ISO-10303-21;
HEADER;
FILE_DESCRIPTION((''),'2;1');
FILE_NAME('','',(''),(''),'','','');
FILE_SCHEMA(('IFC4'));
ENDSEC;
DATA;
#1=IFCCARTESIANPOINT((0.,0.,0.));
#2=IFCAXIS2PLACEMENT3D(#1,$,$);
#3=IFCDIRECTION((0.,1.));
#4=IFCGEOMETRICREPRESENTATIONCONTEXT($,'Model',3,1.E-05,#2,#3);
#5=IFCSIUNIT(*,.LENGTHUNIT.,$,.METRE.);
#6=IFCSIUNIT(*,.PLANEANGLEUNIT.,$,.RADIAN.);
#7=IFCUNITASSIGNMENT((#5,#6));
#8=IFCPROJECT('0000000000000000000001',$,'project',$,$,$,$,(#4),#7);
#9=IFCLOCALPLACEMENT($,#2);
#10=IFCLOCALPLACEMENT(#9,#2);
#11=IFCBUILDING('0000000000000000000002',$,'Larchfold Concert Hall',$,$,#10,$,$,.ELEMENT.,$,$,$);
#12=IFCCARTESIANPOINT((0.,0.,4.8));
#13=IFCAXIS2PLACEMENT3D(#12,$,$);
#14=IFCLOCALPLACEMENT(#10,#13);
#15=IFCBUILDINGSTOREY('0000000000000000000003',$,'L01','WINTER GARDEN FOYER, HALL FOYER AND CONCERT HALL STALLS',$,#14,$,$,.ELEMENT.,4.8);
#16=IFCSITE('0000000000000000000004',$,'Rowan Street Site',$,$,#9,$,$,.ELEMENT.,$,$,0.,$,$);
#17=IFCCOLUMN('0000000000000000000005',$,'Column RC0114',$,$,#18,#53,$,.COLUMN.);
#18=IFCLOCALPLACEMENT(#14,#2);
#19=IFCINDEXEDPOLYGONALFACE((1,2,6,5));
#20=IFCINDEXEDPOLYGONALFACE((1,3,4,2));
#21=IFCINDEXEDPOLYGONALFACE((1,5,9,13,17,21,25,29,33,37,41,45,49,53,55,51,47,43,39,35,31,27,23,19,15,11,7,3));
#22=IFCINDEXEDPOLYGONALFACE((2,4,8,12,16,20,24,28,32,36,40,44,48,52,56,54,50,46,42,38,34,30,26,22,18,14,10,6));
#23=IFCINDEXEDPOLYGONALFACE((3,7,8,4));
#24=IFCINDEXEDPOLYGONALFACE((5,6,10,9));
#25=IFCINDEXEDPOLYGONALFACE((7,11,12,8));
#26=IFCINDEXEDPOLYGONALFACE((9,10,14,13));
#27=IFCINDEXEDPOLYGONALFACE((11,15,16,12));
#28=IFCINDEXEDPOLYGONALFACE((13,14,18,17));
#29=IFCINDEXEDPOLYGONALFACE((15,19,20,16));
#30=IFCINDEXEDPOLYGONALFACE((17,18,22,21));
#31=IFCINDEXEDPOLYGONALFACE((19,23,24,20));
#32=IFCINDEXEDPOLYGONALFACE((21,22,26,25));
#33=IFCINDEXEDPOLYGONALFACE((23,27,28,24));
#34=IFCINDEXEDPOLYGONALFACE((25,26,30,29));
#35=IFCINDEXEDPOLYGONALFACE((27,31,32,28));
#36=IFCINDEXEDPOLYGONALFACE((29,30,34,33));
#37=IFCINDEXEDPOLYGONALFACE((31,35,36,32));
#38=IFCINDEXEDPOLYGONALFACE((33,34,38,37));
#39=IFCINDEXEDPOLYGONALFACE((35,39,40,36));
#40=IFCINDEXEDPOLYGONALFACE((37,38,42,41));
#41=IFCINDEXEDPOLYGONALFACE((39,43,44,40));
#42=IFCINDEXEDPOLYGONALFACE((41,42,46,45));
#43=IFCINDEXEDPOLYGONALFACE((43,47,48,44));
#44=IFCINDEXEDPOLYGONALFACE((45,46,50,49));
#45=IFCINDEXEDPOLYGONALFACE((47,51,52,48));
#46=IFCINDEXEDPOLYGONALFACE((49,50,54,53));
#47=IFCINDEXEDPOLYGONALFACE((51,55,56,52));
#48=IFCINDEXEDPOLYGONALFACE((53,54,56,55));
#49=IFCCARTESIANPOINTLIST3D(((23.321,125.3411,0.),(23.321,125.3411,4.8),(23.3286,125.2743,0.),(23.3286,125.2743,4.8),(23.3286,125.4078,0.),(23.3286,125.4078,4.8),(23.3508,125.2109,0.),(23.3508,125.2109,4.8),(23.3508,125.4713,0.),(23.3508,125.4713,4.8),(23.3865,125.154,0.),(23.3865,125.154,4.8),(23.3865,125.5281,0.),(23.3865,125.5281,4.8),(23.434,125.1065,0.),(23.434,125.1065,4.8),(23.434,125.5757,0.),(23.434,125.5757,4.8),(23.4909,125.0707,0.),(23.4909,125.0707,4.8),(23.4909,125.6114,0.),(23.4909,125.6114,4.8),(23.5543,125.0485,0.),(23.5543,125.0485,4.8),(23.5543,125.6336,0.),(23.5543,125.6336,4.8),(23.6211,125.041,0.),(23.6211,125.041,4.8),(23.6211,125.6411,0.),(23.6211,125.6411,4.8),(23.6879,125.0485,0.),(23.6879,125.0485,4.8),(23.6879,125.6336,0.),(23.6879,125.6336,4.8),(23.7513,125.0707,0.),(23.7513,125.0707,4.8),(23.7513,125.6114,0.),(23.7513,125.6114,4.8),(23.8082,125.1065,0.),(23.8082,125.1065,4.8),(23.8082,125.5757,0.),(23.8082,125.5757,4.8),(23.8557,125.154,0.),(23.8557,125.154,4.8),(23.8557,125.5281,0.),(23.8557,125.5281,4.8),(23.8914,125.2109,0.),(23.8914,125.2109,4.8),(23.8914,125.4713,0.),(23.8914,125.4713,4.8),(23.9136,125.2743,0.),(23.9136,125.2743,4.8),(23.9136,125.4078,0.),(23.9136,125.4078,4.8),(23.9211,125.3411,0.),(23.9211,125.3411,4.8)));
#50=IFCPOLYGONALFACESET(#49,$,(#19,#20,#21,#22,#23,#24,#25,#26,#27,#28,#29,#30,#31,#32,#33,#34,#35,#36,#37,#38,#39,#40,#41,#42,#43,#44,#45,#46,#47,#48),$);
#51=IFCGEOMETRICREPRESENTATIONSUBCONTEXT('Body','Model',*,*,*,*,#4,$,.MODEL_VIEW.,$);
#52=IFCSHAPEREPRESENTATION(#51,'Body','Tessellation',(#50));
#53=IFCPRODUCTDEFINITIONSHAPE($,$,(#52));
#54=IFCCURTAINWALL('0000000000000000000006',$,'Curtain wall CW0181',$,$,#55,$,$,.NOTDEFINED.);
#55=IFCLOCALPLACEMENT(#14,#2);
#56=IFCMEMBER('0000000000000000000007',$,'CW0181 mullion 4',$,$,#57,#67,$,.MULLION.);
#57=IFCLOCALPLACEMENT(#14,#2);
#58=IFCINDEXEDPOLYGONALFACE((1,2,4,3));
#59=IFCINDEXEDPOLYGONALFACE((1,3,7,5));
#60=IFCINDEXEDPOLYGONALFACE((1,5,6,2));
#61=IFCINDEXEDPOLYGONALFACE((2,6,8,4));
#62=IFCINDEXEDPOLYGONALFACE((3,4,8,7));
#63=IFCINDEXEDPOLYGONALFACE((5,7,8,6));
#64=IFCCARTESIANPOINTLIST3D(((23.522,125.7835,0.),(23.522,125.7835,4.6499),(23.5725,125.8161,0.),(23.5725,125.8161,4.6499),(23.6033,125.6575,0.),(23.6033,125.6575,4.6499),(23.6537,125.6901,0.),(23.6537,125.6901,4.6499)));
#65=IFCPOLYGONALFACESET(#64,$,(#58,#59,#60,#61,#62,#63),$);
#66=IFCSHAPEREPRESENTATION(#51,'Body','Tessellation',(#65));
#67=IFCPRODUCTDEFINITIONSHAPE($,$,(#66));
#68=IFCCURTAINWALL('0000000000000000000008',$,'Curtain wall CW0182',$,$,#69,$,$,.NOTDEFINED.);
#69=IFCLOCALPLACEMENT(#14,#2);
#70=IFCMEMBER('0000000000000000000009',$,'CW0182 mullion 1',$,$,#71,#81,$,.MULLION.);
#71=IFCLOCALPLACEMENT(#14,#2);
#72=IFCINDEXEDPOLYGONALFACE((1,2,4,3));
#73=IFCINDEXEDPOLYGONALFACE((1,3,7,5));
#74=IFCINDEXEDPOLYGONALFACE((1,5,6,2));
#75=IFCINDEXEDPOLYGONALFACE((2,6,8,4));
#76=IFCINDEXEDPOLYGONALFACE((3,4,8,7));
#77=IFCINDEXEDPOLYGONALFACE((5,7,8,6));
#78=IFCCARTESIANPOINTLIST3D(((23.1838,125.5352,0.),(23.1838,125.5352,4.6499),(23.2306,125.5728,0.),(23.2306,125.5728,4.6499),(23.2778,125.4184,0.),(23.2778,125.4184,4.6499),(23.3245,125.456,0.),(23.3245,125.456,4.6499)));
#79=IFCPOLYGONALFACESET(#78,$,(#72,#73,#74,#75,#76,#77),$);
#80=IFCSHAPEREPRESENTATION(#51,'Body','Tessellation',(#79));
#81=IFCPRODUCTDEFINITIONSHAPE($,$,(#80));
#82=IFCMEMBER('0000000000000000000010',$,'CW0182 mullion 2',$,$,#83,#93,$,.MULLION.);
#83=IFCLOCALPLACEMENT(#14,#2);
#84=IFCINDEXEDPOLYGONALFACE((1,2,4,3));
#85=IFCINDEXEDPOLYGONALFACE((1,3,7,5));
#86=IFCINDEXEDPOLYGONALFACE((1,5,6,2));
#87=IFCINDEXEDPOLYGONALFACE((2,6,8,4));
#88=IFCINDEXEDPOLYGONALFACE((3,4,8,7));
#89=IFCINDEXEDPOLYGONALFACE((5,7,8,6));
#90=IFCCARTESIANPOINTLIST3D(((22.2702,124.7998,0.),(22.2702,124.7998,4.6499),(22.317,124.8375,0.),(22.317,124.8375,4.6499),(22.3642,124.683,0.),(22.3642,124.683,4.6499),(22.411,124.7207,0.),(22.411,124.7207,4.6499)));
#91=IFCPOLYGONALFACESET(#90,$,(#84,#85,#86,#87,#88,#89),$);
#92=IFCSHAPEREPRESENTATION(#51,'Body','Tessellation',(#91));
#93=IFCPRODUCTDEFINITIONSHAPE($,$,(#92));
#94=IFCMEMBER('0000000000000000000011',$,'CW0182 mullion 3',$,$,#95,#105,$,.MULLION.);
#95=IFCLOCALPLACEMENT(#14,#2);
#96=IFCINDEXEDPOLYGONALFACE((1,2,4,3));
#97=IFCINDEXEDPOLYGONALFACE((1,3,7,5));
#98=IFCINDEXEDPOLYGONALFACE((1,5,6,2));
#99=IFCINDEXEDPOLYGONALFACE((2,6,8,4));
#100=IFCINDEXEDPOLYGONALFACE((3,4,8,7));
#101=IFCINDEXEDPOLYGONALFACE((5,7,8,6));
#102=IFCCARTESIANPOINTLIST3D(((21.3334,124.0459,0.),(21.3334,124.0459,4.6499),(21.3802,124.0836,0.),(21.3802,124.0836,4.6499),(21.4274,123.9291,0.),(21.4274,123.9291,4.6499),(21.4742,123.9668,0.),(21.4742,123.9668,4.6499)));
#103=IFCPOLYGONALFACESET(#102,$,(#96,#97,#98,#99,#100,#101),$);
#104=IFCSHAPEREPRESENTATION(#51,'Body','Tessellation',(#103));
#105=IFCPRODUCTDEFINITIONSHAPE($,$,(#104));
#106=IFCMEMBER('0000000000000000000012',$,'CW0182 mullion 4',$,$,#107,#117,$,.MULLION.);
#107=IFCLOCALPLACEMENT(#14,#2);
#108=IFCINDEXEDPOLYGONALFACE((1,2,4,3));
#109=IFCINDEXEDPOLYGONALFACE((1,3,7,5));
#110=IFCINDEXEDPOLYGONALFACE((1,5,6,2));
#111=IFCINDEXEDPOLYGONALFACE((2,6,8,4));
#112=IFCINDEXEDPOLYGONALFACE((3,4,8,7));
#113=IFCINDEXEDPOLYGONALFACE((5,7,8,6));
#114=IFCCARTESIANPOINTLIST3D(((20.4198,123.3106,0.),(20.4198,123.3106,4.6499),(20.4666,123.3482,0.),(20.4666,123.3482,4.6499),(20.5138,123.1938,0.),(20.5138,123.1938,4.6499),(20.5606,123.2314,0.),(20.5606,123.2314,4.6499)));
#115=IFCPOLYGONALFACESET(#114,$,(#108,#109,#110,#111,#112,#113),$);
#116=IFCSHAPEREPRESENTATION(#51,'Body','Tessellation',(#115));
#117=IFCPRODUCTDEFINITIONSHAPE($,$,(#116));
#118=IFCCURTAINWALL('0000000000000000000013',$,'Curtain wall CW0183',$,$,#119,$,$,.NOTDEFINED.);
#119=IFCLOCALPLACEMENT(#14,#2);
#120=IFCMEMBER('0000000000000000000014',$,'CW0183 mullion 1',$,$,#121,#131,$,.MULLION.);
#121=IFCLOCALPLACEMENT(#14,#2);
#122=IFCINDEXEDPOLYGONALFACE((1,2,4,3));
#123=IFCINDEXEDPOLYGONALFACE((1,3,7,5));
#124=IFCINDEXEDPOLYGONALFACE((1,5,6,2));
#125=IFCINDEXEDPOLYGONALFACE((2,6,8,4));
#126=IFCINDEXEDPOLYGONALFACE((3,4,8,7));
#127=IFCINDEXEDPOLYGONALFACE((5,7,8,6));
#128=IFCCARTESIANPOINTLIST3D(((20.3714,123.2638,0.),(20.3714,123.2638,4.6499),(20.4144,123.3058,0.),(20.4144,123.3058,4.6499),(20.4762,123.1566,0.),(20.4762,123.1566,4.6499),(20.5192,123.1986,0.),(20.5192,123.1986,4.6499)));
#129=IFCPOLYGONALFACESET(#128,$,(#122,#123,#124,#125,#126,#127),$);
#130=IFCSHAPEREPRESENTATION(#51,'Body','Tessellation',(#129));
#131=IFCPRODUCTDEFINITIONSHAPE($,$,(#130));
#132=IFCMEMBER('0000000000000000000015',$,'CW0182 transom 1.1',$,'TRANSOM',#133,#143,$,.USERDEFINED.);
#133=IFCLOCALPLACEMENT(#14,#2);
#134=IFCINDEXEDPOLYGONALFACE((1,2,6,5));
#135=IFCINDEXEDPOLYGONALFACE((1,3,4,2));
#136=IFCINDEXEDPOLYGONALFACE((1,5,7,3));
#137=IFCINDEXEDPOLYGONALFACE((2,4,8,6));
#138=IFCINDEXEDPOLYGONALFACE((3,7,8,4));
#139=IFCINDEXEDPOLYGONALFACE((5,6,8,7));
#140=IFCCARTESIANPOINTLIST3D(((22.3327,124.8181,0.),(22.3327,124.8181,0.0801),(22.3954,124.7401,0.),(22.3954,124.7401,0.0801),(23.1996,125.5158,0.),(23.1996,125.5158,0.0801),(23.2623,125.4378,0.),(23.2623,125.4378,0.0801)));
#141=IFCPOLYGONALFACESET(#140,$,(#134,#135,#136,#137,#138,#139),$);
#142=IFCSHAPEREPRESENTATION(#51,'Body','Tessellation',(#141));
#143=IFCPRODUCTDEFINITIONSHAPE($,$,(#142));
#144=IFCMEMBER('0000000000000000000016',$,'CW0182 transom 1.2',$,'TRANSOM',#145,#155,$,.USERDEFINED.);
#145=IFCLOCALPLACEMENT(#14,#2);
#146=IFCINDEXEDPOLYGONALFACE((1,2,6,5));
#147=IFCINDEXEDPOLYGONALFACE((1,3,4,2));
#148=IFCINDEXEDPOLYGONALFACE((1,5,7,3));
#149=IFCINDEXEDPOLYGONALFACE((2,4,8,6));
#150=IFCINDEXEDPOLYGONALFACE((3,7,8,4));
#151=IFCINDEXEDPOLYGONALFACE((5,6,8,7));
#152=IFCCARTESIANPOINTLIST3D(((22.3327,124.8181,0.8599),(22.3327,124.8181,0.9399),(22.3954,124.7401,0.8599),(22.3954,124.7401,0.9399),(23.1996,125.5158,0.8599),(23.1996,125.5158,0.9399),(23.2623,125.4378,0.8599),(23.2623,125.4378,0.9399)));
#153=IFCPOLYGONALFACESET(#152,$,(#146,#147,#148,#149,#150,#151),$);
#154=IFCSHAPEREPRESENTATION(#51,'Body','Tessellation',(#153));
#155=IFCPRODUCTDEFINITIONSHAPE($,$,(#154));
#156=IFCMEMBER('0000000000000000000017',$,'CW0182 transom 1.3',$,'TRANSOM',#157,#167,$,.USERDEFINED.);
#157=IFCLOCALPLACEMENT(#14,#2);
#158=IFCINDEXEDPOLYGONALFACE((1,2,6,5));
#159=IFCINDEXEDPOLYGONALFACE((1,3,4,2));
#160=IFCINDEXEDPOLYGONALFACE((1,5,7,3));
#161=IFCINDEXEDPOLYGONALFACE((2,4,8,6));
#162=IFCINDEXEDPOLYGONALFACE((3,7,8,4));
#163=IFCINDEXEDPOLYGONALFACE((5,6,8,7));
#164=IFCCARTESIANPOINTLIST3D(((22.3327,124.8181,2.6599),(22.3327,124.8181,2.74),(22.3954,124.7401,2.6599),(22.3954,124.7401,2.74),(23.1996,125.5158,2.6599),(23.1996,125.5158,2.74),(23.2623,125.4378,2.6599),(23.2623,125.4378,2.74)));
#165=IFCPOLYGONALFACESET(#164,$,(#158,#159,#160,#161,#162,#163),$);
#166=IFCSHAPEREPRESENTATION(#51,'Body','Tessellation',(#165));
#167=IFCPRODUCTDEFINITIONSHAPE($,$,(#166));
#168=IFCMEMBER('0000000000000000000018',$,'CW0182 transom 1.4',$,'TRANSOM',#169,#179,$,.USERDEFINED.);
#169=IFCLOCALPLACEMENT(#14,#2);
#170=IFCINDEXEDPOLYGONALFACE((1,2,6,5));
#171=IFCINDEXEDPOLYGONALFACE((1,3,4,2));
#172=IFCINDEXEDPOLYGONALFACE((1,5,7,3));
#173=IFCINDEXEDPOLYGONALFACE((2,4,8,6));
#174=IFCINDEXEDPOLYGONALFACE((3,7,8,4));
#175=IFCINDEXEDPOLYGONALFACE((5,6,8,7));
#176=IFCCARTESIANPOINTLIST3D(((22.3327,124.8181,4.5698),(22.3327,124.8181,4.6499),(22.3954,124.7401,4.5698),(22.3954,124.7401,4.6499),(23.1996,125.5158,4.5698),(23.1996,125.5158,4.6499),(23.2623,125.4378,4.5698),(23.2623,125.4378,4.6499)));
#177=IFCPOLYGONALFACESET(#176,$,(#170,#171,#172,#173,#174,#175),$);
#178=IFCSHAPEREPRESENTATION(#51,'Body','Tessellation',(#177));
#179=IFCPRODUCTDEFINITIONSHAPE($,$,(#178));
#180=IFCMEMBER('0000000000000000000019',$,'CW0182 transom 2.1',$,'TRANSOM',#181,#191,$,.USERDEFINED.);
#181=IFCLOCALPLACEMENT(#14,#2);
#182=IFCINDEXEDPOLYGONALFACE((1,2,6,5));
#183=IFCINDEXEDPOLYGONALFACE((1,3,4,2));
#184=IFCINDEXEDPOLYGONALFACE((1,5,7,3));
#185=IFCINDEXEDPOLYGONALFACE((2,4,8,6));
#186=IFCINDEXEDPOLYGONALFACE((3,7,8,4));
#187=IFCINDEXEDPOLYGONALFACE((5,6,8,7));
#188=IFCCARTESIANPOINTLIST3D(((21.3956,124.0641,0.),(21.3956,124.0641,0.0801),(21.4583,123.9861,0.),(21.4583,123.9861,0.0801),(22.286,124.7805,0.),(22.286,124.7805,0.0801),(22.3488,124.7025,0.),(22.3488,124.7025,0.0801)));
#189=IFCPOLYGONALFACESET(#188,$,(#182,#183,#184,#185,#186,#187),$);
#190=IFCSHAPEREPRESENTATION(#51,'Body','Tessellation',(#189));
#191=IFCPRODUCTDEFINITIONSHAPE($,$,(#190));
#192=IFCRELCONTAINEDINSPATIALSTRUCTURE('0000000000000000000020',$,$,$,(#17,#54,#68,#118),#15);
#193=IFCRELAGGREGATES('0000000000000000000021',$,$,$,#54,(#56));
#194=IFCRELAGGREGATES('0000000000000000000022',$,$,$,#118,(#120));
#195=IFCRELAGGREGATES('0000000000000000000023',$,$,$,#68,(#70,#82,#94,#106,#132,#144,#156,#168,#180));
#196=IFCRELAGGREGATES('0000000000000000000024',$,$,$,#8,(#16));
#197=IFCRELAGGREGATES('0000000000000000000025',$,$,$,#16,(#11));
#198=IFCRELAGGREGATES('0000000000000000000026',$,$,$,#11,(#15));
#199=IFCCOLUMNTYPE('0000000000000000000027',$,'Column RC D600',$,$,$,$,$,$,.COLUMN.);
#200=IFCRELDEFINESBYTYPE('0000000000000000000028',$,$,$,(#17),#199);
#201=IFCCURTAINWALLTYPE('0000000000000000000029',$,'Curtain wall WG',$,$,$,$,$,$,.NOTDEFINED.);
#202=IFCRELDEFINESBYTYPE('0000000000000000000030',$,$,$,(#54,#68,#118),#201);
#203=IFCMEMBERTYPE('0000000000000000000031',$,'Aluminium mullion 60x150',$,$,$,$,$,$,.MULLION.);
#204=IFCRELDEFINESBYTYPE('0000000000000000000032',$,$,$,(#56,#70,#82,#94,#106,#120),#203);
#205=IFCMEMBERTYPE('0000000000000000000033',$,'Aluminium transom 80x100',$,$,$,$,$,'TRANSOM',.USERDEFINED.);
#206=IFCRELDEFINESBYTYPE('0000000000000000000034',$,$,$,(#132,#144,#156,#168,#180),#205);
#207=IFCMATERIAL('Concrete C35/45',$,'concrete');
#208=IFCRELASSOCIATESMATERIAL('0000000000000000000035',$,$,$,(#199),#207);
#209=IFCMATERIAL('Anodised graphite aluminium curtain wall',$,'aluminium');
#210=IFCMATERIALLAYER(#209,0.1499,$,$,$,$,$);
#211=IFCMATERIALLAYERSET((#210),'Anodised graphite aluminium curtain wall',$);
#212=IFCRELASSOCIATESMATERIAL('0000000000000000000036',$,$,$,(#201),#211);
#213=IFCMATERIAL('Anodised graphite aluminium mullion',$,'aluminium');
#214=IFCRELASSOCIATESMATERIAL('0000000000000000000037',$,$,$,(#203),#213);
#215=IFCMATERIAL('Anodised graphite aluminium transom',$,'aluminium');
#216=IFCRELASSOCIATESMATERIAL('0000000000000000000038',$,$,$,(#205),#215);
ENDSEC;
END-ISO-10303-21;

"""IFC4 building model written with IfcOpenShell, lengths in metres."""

from ifc_helpers import new_model, si_unit, direction, frame, origin, origin_2d, place, context, subcontext, project, spatial, rectangle, circle, extrude, material, layer, layer_set, material_profile, profile_set, type_object, element, aggregate, save


model = new_model("IFC4")

# Units and contexts
model_context = context("Model", 3, precision=1e-05, world=origin(), true_north=direction((0.0, 1.0)))
body_context = subcontext(model_context, "Body", "Model", "MODEL_VIEW")
ifc_project = project(units=[si_unit("LENGTHUNIT", "METRE"), si_unit("PLANEANGLEUNIT", "RADIAN")], contexts=[model_context])

# Site, building, storey
site_placement = place(None, origin())
site = spatial("IfcSite", under=ifc_project, at=site_placement, Name="Rowan Street Site", CompositionType="ELEMENT", RefElevation=0.0)
building_placement = place(site_placement, origin())
building = spatial("IfcBuilding", under=site, at=building_placement, Name="Larchfold Concert Hall", CompositionType="ELEMENT")
storey_placement = place(building_placement, frame((0.0, 0.0, 4.8)))
storey = spatial("IfcBuildingStorey", under=building, at=storey_placement, Name="L01", Description="WINTER GARDEN FOYER, HALL FOYER AND CONCERT HALL STALLS", CompositionType="ELEMENT", Elevation=4.8)

# Column
ifc_material_1 = material(Name="Concrete C35/45", Category="concrete")
ifc_material_profile_1 = material_profile(ifc_material_1, circle(Radius=0.3, at=origin_2d()))
ifc_profile_set_1 = profile_set([ifc_material_profile_1], Name="Concrete C35/45")
column_type = type_object("IfcColumnType", Name="Column RC D600", PredefinedType="COLUMN", material=ifc_profile_set_1)
column_placement = place(storey_placement, frame((23.6211, 125.3411, 0.0), z_axis=(0.0, 0.0, 1.0), x_axis=(1.0, 0.0, 0.0)))
element("IfcColumn", 1, at=column_placement, inside=storey, type_object=column_type, Name="Column RC0114", PredefinedType="COLUMN", context=body_context, shape_type="SweptSolid", body=[
    extrude(circle(Radius=0.3, at=origin_2d()), origin(), (0.0, 0.0, 1.0), 4.8),
])

# Curtain wall, member
ifc_material_2 = material(Name="Anodised graphite aluminium curtain wall", Category="aluminium")
ifc_layer_1 = layer(ifc_material_2, 0.1499)
ifc_layer_set_1 = layer_set([ifc_layer_1], Name="Anodised graphite aluminium curtain wall")
curtain_wall_type = type_object("IfcCurtainWallType", Name="Curtain wall WG", PredefinedType="NOTDEFINED", material=ifc_layer_set_1)
curtain_wall_1_placement = place(storey_placement, origin())
curtain_wall_1 = element("IfcCurtainWall", 2, at=curtain_wall_1_placement, inside=storey, type_object=curtain_wall_type, Name="Curtain wall CW0181", PredefinedType="NOTDEFINED")
ifc_material_3 = material(Name="Anodised graphite aluminium mullion", Category="aluminium")
ifc_material_profile_2 = material_profile(ifc_material_3, rectangle(XDim=0.1499, YDim=0.0601, at=origin_2d()))
ifc_profile_set_2 = profile_set([ifc_material_profile_2], Name="Anodised graphite aluminium mullion")
member_type_1 = type_object("IfcMemberType", Name="Aluminium mullion 60x150", PredefinedType="MULLION", material=ifc_profile_set_2)
member_1_placement = place(storey_placement, frame((23.5879, 125.7368, 0.0), z_axis=(0.0, 0.0, 1.0), x_axis=(0.541763, -0.840531, 0.0)))
member_1 = element("IfcMember", 3, at=member_1_placement, type_object=member_type_1, Name="CW0181 mullion 4", PredefinedType="MULLION", context=body_context, shape_type="SweptSolid", body=[
    extrude(rectangle(XDim=0.1499, YDim=0.0601, at=origin_2d()), origin(), (0.0, 0.0, 1.0), 4.6499),
])
aggregate(curtain_wall_1, [member_1])

# Curtain wall, members
curtain_wall_2_placement = place(storey_placement, origin())
curtain_wall_2 = element("IfcCurtainWall", 4, at=curtain_wall_2_placement, inside=storey, type_object=curtain_wall_type, Name="Curtain wall CW0182", PredefinedType="NOTDEFINED")
member_2_placement = place(storey_placement, frame((23.2542, 125.4956, 0.0), z_axis=(0.0, 0.0, 1.0), x_axis=(0.626986, -0.77903, 0.0)))
member_2 = element("IfcMember", 5, at=member_2_placement, type_object=member_type_1, Name="CW0182 mullion 1", PredefinedType="MULLION", context=body_context, shape_type="SweptSolid", body=[
    extrude(rectangle(XDim=0.1499, YDim=0.0601, at=origin_2d()), origin(), (0.0, 0.0, 1.0), 4.6499),
])
member_3_placement = place(storey_placement, frame((22.3406, 124.7603, 0.0), z_axis=(0.0, 0.0, 1.0), x_axis=(0.626986, -0.77903, 0.0)))
member_3 = element("IfcMember", 6, at=member_3_placement, type_object=member_type_1, Name="CW0182 mullion 2", PredefinedType="MULLION", context=body_context, shape_type="SweptSolid", body=[
    extrude(rectangle(XDim=0.1499, YDim=0.0601, at=origin_2d()), origin(), (0.0, 0.0, 1.0), 4.6499),
])
member_4_placement = place(storey_placement, frame((21.4038, 124.0063, 0.0), z_axis=(0.0, 0.0, 1.0), x_axis=(0.626986, -0.77903, 0.0)))
member_4 = element("IfcMember", 7, at=member_4_placement, type_object=member_type_1, Name="CW0182 mullion 3", PredefinedType="MULLION", context=body_context, shape_type="SweptSolid", body=[
    extrude(rectangle(XDim=0.1499, YDim=0.0601, at=origin_2d()), origin(), (0.0, 0.0, 1.0), 4.6499),
])
member_5_placement = place(storey_placement, frame((20.4902, 123.271, 0.0), z_axis=(0.0, 0.0, 1.0), x_axis=(0.626986, -0.77903, 0.0)))
member_5 = element("IfcMember", 8, at=member_5_placement, type_object=member_type_1, Name="CW0182 mullion 4", PredefinedType="MULLION", context=body_context, shape_type="SweptSolid", body=[
    extrude(rectangle(XDim=0.1499, YDim=0.0601, at=origin_2d()), origin(), (0.0, 0.0, 1.0), 4.6499),
])

# Curtain wall, member
curtain_wall_3_placement = place(storey_placement, origin())
curtain_wall_3 = element("IfcCurtainWall", 9, at=curtain_wall_3_placement, inside=storey, type_object=curtain_wall_type, Name="Curtain wall CW0183", PredefinedType="NOTDEFINED")
member_6_placement = place(storey_placement, frame((20.4453, 123.2312, 0.0), z_axis=(0.0, 0.0, 1.0), x_axis=(0.699179, -0.714947, 0.0)))
member_6 = element("IfcMember", 10, at=member_6_placement, type_object=member_type_1, Name="CW0183 mullion 1", PredefinedType="MULLION", context=body_context, shape_type="SweptSolid", body=[
    extrude(rectangle(XDim=0.1499, YDim=0.0601, at=origin_2d()), origin(), (0.0, 0.0, 1.0), 4.6499),
])

# Members
ifc_material_4 = material(Name="Anodised graphite aluminium transom", Category="aluminium")
ifc_material_profile_3 = material_profile(ifc_material_4, rectangle(XDim=0.1001, YDim=0.0801, at=origin_2d()))
ifc_profile_set_3 = profile_set([ifc_material_profile_3], Name="Anodised graphite aluminium transom")
member_type_2 = type_object("IfcMemberType", Name="Aluminium transom 80x100", ElementType="TRANSOM", PredefinedType="USERDEFINED", material=ifc_profile_set_3)
member_7_placement = place(storey_placement, frame((23.231, 125.4768, 0.04), z_axis=(-0.779025, -0.626993, 0.0), x_axis=(0.626993, -0.779025, 0.0)))
member_7 = element("IfcMember", 11, at=member_7_placement, type_object=member_type_2, Name="CW0182 transom 1.1", ObjectType="TRANSOM", PredefinedType="USERDEFINED", context=body_context, shape_type="SweptSolid", body=[
    extrude(rectangle(XDim=0.1001, YDim=0.0801, at=origin_2d()), origin(), (0.0, 0.0, 1.0), 1.1128),
])
member_8_placement = place(storey_placement, frame((23.231, 125.4768, 0.8999), z_axis=(-0.779025, -0.626993, 0.0), x_axis=(0.626993, -0.779025, 0.0)))
member_8 = element("IfcMember", 12, at=member_8_placement, type_object=member_type_2, Name="CW0182 transom 1.2", ObjectType="TRANSOM", PredefinedType="USERDEFINED", context=body_context, shape_type="SweptSolid", body=[
    extrude(rectangle(XDim=0.1001, YDim=0.0801, at=origin_2d()), origin(), (0.0, 0.0, 1.0), 1.1128),
])
member_9_placement = place(storey_placement, frame((23.231, 125.4768, 2.7), z_axis=(-0.779025, -0.626993, 0.0), x_axis=(0.626993, -0.779025, 0.0)))
member_9 = element("IfcMember", 13, at=member_9_placement, type_object=member_type_2, Name="CW0182 transom 1.3", ObjectType="TRANSOM", PredefinedType="USERDEFINED", context=body_context, shape_type="SweptSolid", body=[
    extrude(rectangle(XDim=0.1001, YDim=0.0801, at=origin_2d()), origin(), (0.0, 0.0, 1.0), 1.1128),
])
member_10_placement = place(storey_placement, frame((23.231, 125.4768, 4.6099), z_axis=(-0.779025, -0.626993, 0.0), x_axis=(0.626993, -0.779025, 0.0)))
member_10 = element("IfcMember", 14, at=member_10_placement, type_object=member_type_2, Name="CW0182 transom 1.4", ObjectType="TRANSOM", PredefinedType="USERDEFINED", context=body_context, shape_type="SweptSolid", body=[
    extrude(rectangle(XDim=0.1001, YDim=0.0801, at=origin_2d()), origin(), (0.0, 0.0, 1.0), 1.1128),
])
member_11_placement = place(storey_placement, frame((22.3174, 124.7415, 0.04), z_axis=(-0.779157, -0.626829, 0.0), x_axis=(0.626829, -0.779157, 0.0)))
member_11 = element("IfcMember", 15, at=member_11_placement, type_object=member_type_2, Name="CW0182 transom 2.1", ObjectType="TRANSOM", PredefinedType="USERDEFINED", context=body_context, shape_type="SweptSolid", body=[
    extrude(rectangle(XDim=0.1001, YDim=0.0801, at=origin_2d()), origin(), (0.0, 0.0, 1.0), 1.1428),
])

aggregate(curtain_wall_3, [member_6])
aggregate(curtain_wall_2, [member_2, member_3, member_4, member_5, member_7, member_8, member_9, member_10, member_11])

save(model, "model.ifc")
